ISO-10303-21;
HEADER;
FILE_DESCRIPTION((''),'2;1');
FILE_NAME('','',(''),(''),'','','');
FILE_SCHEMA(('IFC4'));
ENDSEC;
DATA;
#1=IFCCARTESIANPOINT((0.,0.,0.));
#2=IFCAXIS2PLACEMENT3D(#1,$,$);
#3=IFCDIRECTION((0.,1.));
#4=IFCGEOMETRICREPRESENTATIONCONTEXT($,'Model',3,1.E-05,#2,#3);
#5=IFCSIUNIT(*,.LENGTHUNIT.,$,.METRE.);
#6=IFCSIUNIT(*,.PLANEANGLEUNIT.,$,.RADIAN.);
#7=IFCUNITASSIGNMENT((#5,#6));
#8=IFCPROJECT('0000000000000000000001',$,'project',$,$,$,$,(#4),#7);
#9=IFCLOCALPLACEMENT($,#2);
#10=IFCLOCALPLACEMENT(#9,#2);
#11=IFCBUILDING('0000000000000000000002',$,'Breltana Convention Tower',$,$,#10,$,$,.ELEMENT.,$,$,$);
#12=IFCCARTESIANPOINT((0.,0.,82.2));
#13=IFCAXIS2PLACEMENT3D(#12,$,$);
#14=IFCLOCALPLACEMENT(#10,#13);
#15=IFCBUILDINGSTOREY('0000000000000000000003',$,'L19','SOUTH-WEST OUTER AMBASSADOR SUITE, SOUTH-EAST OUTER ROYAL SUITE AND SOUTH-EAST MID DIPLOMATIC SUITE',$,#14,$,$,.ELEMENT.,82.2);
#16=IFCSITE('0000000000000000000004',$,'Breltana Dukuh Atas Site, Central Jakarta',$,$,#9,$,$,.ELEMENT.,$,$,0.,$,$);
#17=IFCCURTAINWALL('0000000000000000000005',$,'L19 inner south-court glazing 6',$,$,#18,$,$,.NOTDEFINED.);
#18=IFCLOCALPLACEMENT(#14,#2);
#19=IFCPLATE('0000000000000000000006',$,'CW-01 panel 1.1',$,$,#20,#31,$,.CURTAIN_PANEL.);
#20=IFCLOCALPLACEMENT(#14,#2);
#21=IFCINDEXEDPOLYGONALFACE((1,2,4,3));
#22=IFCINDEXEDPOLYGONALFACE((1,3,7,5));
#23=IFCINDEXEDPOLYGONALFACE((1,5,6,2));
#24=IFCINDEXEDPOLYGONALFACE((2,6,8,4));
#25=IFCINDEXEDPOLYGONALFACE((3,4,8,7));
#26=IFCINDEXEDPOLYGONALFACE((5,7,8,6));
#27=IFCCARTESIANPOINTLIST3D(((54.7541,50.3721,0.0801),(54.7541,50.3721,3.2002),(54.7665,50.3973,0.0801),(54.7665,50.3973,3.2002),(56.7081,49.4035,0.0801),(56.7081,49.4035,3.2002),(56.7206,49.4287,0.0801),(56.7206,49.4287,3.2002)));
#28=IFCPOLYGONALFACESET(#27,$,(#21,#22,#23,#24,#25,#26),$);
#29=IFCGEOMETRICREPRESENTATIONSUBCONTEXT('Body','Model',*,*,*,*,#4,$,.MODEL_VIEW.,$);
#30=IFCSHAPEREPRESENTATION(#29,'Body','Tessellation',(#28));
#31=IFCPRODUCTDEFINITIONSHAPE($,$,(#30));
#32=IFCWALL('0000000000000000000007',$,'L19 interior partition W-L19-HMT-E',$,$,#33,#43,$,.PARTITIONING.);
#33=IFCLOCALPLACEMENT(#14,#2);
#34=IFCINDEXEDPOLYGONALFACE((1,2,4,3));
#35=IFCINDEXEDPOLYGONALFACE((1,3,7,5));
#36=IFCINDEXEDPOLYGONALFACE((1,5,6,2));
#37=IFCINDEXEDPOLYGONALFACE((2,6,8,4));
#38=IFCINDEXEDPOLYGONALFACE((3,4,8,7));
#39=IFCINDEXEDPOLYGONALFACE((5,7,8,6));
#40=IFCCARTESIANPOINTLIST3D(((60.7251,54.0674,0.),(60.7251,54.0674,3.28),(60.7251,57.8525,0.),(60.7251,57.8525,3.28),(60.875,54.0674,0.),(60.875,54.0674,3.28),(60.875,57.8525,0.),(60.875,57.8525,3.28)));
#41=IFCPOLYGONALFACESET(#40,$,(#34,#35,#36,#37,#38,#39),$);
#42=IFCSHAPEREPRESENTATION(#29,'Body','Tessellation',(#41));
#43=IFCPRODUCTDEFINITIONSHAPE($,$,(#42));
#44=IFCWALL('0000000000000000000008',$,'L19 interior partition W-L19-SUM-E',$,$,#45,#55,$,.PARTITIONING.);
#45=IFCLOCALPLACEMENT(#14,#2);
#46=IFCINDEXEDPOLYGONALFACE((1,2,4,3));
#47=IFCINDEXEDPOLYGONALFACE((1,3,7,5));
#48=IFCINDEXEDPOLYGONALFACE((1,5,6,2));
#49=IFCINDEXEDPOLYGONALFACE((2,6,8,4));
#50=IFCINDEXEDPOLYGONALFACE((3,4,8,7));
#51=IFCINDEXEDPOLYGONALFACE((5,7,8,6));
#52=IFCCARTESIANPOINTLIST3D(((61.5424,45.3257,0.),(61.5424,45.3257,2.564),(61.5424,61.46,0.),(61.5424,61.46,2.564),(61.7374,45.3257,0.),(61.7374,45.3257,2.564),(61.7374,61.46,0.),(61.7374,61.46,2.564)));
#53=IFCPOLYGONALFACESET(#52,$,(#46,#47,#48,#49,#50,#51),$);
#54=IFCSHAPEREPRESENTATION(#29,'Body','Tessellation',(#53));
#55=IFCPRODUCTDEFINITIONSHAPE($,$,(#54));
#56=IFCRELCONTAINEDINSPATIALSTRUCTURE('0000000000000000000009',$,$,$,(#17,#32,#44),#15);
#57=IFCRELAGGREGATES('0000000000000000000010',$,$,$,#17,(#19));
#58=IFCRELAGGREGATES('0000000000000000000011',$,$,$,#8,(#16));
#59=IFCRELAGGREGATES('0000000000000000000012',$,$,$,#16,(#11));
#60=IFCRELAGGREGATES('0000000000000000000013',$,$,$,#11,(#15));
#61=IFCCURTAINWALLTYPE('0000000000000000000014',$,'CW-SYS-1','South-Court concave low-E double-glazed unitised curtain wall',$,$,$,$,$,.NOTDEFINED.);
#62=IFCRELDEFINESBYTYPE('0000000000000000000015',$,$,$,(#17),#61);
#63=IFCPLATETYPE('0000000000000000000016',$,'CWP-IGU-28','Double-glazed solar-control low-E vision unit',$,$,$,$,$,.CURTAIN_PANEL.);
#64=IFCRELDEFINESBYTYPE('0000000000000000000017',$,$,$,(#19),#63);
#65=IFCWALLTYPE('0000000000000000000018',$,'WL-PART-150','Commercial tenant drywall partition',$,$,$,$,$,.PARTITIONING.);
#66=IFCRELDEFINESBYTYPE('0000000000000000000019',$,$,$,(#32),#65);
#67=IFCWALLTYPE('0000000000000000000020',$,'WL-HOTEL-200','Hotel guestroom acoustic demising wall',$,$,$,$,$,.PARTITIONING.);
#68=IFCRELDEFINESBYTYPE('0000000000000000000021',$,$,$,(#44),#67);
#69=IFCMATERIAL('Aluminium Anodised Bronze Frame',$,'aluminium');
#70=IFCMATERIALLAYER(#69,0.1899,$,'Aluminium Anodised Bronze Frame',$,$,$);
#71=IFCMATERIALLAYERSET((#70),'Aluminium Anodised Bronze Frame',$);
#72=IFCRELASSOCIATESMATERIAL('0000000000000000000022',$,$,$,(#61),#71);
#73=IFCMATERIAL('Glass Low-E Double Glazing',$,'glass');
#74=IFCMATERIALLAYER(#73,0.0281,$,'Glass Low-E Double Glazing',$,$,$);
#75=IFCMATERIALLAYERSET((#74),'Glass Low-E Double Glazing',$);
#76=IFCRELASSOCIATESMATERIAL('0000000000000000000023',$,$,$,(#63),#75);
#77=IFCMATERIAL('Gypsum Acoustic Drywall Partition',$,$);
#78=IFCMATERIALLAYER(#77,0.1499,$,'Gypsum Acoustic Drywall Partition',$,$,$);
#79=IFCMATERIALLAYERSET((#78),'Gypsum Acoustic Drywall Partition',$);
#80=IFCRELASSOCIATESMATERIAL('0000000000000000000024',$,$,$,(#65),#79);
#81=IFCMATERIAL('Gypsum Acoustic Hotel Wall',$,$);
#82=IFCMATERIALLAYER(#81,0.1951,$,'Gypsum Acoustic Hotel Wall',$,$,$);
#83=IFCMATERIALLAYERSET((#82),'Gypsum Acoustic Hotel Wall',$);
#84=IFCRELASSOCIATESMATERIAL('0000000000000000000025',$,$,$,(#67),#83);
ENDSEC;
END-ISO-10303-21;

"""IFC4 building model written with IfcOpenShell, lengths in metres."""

from ifc_helpers import new_model, si_unit, direction, frame, frame_2d, origin, origin_2d, place, context, subcontext, project, spatial, rectangle, extrude, source, transform, mapped, material, layer, layer_set, type_object, element, aggregate, save


model = new_model("IFC4")

# Units and contexts
model_context = context("Model", 3, precision=1e-05, world=origin(), true_north=direction((0.0, 1.0)))
body_context = subcontext(model_context, "Body", "Model", "MODEL_VIEW")
ifc_project = project(units=[si_unit("LENGTHUNIT", "METRE"), si_unit("PLANEANGLEUNIT", "RADIAN")], contexts=[model_context])

# Site, building, storey
site_placement = place(None, origin())
site = spatial("IfcSite", under=ifc_project, at=site_placement, Name="Breltana Dukuh Atas Site, Central Jakarta", CompositionType="ELEMENT", RefElevation=0.0)
building_placement = place(site_placement, origin())
building = spatial("IfcBuilding", under=site, at=building_placement, Name="Breltana Convention Tower", CompositionType="ELEMENT")
storey_placement = place(building_placement, frame((0.0, 0.0, 82.2)))
storey = spatial("IfcBuildingStorey", under=building, at=storey_placement, Name="L19", Description="SOUTH-WEST OUTER AMBASSADOR SUITE, SOUTH-EAST OUTER ROYAL SUITE AND SOUTH-EAST MID DIPLOMATIC SUITE", CompositionType="ELEMENT", Elevation=82.2)

# Shared definitions
ifc_material_1 = material(Name="Aluminium Anodised Bronze Frame", Category="aluminium")
ifc_layer_1 = layer(ifc_material_1, 0.1899, Name="Aluminium Anodised Bronze Frame")
ifc_layer_set_1 = layer_set([ifc_layer_1], Name="Aluminium Anodised Bronze Frame")
curtain_wall_type = type_object("IfcCurtainWallType", Name="CW-SYS-1", Description="South-Court concave low-E double-glazed unitised curtain wall", PredefinedType="NOTDEFINED", material=ifc_layer_set_1)

# Curtain wall
curtain_wall_1_placement = place(storey_placement, origin())
curtain_wall_1 = element("IfcCurtainWall", 1, at=curtain_wall_1_placement, inside=storey, type_object=curtain_wall_type, Name="L19 inner south-court glazing 6", PredefinedType="NOTDEFINED")

# Plate
ifc_material_2 = material(Name="Glass Low-E Double Glazing", Category="glass")
ifc_layer_2 = layer(ifc_material_2, 0.0281, Name="Glass Low-E Double Glazing")
ifc_layer_set_2 = layer_set([ifc_layer_2], Name="Glass Low-E Double Glazing")
plate_type = type_object("IfcPlateType", Name="CWP-IGU-28", Description="Double-glazed solar-control low-E vision unit", PredefinedType="CURTAIN_PANEL", material=ifc_layer_set_2)
shared_shape_1 = source(origin(), body_context, "Body", "SweptSolid", [
    extrude(rectangle(XDim=2.1809, YDim=0.0281, at=origin_2d()), origin(), (0.0, 0.0, 1.0), 3.1201),
])
plate_1_placement = place(storey_placement, frame((55.7373, 49.9004, 0.0801), z_axis=(0.0, 0.0, 1.0), x_axis=(-0.895968, 0.444118, 0.0)))
plate_1 = element("IfcPlate", 2, at=plate_1_placement, type_object=plate_type, Name="CW-01 panel 1.1", PredefinedType="CURTAIN_PANEL", context=body_context, shape_type="MappedRepresentation", body=[
    mapped(shared_shape_1, transform((0.0, 0.0, 0.0), scale=1.0)),
])
aggregate(curtain_wall_1, [plate_1])

# Walls
ifc_material_3 = material(Name="Gypsum Acoustic Drywall Partition")
ifc_layer_3 = layer(ifc_material_3, 0.1499, Name="Gypsum Acoustic Drywall Partition")
ifc_layer_set_3 = layer_set([ifc_layer_3], Name="Gypsum Acoustic Drywall Partition")
wall_type_1 = type_object("IfcWallType", Name="WL-PART-150", Description="Commercial tenant drywall partition", PredefinedType="PARTITIONING", material=ifc_layer_set_3)
shared_shape_2 = source(origin(), body_context, "Body", "SweptSolid", [
    extrude(rectangle(XDim=3.7852, YDim=0.1499, at=frame_2d((1.8926, 0.0))), origin(), (0.0, 0.0, 1.0), 3.28),
])
wall_1_placement = place(storey_placement, frame((60.8, 54.0674, 0.0), z_axis=(0.0, 0.0, 1.0), x_axis=(0.0, 1.0, 0.0)))
element("IfcWall", 3, at=wall_1_placement, inside=storey, type_object=wall_type_1, Name="L19 interior partition W-L19-HMT-E", PredefinedType="PARTITIONING", context=body_context, shape_type="MappedRepresentation", body=[
    mapped(shared_shape_2, transform((0.0, 0.0, 0.0), scale=1.0)),
])
ifc_material_4 = material(Name="Gypsum Acoustic Hotel Wall")
ifc_layer_4 = layer(ifc_material_4, 0.1951, Name="Gypsum Acoustic Hotel Wall")
ifc_layer_set_4 = layer_set([ifc_layer_4], Name="Gypsum Acoustic Hotel Wall")
wall_type_2 = type_object("IfcWallType", Name="WL-HOTEL-200", Description="Hotel guestroom acoustic demising wall", PredefinedType="PARTITIONING", material=ifc_layer_set_4)
shared_shape_3 = source(origin(), body_context, "Body", "SweptSolid", [
    extrude(rectangle(XDim=16.1343, YDim=0.1951, at=frame_2d((8.0671, 0.0))), origin(), (0.0, 0.0, 1.0), 2.564),
])
wall_2_placement = place(storey_placement, frame((61.6399, 45.3257, 0.0), z_axis=(0.0, 0.0, 1.0), x_axis=(0.0, 1.0, 0.0)))
element("IfcWall", 4, at=wall_2_placement, inside=storey, type_object=wall_type_2, Name="L19 interior partition W-L19-SUM-E", PredefinedType="PARTITIONING", context=body_context, shape_type="MappedRepresentation", body=[
    mapped(shared_shape_3, transform((0.0, 0.0, 0.0), scale=1.0)),
])

save(model, "model.ifc")
